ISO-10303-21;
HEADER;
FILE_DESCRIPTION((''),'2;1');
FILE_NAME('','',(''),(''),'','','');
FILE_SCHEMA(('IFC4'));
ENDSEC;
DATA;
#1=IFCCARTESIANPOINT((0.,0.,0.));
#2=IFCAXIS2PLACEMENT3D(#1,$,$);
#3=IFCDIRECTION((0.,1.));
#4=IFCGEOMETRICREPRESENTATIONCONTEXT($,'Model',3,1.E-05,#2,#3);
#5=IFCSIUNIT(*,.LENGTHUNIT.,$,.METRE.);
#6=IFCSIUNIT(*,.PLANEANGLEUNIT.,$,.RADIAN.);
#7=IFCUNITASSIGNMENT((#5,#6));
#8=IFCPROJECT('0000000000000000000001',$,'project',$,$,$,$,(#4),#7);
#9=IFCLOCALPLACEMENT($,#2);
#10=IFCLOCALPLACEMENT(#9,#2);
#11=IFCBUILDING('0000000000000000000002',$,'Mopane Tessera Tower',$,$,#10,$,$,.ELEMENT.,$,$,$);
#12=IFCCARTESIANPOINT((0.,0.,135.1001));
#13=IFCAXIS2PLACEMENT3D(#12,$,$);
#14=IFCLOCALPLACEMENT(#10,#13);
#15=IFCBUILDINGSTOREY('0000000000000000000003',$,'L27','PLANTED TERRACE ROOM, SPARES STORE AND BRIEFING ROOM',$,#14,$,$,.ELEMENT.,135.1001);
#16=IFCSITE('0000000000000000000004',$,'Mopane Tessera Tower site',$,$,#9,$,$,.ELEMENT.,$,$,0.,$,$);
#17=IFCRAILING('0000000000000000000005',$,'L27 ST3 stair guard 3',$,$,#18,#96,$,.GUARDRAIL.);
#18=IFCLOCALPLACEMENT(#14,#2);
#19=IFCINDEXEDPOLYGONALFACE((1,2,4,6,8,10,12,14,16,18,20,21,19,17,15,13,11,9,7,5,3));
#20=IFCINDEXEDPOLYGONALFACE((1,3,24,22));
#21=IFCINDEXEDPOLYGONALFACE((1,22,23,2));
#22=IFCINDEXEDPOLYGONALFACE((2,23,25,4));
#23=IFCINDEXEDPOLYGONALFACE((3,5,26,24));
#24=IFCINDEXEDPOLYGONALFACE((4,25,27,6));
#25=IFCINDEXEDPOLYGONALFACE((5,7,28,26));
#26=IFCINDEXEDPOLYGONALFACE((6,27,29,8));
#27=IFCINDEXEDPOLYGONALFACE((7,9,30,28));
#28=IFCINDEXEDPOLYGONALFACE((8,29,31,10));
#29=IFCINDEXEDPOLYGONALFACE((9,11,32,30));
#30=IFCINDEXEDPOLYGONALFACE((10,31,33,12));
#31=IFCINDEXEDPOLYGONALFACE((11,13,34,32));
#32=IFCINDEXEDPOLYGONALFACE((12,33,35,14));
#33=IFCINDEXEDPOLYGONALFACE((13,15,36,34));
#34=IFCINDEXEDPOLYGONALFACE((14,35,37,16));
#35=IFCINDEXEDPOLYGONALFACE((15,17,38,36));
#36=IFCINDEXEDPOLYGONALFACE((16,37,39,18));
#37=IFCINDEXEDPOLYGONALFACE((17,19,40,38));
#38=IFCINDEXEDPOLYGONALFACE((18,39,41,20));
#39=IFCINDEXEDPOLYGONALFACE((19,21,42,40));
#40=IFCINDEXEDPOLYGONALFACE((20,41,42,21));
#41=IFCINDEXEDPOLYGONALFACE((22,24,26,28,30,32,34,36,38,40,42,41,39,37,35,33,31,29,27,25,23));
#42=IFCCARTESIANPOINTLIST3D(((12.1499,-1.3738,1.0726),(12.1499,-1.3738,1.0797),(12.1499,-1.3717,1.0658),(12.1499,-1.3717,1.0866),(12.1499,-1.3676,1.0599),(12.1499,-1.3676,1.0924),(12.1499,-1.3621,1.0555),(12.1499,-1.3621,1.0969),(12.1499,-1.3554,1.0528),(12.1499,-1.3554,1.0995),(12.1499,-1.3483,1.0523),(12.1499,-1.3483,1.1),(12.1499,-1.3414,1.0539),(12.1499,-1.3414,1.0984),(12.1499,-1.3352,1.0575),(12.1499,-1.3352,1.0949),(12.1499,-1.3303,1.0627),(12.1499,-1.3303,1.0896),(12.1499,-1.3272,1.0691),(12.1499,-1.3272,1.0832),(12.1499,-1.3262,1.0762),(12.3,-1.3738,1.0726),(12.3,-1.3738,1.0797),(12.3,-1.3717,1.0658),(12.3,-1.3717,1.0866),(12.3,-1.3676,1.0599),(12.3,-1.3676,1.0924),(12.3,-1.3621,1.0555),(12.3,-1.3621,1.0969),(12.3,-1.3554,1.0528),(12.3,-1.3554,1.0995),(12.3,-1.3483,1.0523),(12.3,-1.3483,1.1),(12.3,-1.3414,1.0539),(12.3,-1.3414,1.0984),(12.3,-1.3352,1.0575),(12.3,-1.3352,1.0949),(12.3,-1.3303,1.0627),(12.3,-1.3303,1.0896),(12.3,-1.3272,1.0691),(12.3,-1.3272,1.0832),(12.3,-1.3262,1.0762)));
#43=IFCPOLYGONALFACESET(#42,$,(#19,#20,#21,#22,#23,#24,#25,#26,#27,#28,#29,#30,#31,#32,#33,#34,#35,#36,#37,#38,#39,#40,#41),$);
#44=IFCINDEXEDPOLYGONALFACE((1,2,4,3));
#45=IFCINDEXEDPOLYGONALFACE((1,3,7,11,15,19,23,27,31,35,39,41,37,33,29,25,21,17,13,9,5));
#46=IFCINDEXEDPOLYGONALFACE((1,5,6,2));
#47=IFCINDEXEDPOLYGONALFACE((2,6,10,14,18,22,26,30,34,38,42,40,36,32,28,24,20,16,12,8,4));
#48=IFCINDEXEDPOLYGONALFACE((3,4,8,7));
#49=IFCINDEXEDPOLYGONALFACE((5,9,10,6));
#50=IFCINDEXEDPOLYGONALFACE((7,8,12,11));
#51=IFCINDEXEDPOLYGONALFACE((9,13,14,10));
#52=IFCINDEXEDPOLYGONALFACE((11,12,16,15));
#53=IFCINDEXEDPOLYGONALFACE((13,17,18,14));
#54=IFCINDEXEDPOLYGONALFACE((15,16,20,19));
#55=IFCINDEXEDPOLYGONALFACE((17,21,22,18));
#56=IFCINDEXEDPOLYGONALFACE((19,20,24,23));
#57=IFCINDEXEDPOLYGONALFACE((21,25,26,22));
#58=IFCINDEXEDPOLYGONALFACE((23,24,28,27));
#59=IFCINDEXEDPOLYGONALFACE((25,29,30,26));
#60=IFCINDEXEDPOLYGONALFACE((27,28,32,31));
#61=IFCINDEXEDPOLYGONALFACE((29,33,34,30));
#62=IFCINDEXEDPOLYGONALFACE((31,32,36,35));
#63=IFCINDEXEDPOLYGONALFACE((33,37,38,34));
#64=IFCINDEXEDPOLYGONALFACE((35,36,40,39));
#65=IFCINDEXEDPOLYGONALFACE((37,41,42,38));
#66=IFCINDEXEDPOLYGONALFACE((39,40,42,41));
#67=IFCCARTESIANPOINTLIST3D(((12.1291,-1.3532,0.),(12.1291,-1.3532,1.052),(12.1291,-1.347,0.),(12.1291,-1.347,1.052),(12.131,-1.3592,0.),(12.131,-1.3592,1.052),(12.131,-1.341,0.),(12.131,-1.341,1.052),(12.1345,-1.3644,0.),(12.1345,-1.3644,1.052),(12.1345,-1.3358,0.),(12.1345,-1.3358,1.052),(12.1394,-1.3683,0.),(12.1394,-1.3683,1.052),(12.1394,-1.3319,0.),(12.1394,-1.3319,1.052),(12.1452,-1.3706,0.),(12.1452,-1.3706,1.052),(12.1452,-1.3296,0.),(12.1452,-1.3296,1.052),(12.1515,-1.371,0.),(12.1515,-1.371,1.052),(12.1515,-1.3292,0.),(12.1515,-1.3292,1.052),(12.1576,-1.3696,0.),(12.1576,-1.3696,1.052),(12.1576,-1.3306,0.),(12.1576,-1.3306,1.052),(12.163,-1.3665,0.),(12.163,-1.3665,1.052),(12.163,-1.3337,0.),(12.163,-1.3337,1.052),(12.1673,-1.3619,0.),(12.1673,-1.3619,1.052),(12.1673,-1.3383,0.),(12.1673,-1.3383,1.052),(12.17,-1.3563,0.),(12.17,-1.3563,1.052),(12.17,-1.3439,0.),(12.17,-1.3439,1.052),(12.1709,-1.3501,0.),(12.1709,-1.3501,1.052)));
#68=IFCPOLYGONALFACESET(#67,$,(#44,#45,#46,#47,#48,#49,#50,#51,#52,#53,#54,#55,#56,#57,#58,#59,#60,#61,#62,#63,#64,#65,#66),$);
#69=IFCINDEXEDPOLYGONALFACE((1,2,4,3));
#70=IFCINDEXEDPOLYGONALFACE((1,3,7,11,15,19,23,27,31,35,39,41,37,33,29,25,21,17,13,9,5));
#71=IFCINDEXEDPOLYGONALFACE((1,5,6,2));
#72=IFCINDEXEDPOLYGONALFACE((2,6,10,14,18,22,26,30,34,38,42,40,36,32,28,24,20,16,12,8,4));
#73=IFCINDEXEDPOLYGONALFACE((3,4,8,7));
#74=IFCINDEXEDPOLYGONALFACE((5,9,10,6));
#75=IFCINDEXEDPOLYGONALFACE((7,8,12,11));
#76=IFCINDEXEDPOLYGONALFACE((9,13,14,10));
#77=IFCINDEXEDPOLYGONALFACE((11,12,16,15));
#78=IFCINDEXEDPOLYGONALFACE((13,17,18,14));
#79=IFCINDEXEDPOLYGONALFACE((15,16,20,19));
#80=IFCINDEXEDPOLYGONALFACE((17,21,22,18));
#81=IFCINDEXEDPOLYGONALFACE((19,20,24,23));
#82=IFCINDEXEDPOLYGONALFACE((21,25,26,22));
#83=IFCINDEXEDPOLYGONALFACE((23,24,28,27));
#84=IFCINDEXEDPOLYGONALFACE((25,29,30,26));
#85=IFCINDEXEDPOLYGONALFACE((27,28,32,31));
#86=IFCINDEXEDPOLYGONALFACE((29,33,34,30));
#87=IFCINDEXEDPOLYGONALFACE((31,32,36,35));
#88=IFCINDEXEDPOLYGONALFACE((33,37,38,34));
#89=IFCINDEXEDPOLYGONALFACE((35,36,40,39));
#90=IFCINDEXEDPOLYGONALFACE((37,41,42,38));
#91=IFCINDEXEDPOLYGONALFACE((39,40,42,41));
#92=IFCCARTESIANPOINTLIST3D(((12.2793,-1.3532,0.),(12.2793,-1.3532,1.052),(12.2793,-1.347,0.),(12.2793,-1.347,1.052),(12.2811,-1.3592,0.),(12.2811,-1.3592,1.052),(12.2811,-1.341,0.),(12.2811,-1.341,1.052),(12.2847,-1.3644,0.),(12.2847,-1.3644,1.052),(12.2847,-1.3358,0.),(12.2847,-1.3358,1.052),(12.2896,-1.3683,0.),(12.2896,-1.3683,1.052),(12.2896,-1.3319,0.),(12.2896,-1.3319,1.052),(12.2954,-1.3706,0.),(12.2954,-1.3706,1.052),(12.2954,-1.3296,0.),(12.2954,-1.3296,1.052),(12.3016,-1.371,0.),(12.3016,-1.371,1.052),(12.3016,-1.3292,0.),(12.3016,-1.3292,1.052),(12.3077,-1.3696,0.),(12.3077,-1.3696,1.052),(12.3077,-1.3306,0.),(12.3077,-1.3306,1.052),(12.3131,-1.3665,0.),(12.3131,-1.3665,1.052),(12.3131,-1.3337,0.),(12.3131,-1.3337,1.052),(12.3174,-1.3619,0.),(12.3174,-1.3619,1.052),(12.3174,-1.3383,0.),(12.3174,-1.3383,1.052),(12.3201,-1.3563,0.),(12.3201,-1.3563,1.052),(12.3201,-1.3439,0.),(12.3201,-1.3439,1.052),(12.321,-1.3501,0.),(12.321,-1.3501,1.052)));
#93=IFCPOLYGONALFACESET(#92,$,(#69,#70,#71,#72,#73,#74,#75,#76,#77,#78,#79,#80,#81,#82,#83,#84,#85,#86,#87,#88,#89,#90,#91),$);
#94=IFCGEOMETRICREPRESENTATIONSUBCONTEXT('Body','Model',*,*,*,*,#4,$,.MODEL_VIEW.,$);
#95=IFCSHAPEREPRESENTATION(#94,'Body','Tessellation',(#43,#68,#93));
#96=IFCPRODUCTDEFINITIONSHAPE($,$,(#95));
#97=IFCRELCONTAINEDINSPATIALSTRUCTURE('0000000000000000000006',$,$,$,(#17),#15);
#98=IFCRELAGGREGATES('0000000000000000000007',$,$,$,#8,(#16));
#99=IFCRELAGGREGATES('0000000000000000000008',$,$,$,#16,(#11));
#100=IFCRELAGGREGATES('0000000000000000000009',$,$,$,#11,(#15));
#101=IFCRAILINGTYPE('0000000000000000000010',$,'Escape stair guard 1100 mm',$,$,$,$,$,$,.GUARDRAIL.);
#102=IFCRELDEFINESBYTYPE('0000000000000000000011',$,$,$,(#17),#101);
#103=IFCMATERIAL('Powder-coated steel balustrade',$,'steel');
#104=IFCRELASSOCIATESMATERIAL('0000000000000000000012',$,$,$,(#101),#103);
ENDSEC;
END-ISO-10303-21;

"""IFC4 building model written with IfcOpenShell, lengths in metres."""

from ifc_helpers import new_model, si_unit, direction, frame, origin, origin_2d, place, context, subcontext, project, spatial, circle, extrude, material, type_object, element, save


model = new_model("IFC4")

# Units and contexts
model_context = context("Model", 3, precision=1e-05, world=origin(), true_north=direction((0.0, 1.0)))
body_context = subcontext(model_context, "Body", "Model", "MODEL_VIEW")
ifc_project = project(units=[si_unit("LENGTHUNIT", "METRE"), si_unit("PLANEANGLEUNIT", "RADIAN")], contexts=[model_context])

# Site, building, storey
site_placement = place(None, origin())
site = spatial("IfcSite", under=ifc_project, at=site_placement, Name="Mopane Tessera Tower site", CompositionType="ELEMENT", RefElevation=0.0)
building_placement = place(site_placement, origin())
building = spatial("IfcBuilding", under=site, at=building_placement, Name="Mopane Tessera Tower", CompositionType="ELEMENT")
storey_placement = place(building_placement, frame((0.0, 0.0, 135.1001)))
storey = spatial("IfcBuildingStorey", under=building, at=storey_placement, Name="L27", Description="PLANTED TERRACE ROOM, SPARES STORE AND BRIEFING ROOM", CompositionType="ELEMENT", Elevation=135.1001)

# Railing
ifc_material_1 = material(Name="Powder-coated steel balustrade", Category="steel")
railing_type_1 = type_object("IfcRailingType", Name="Escape stair guard 1100 mm", PredefinedType="GUARDRAIL", material=ifc_material_1)
railing_1_placement = place(storey_placement, frame((12.1499, -1.3501, 0.0)))
element("IfcRailing", 1, at=railing_1_placement, inside=storey, type_object=railing_type_1, Name="L27 ST3 stair guard 3", PredefinedType="GUARDRAIL", context=body_context, shape_type="SweptSolid", body=[
    extrude(circle(Radius=0.0239, at=origin_2d()), frame((0.0, 0.0, 1.0762), z_axis=(1.0, 0.0, 0.0), x_axis=(0.0, 1.0, 0.0)), (0.0, 0.0, 1.0), 0.1501),
    extrude(circle(Radius=0.021, at=origin_2d()), origin(), (0.0, 0.0, 1.0), 1.052),
    extrude(circle(Radius=0.021, at=origin_2d()), frame((0.1501, 0.0, 0.0)), (0.0, 0.0, 1.0), 1.052),
])

save(model, "model.ifc")
